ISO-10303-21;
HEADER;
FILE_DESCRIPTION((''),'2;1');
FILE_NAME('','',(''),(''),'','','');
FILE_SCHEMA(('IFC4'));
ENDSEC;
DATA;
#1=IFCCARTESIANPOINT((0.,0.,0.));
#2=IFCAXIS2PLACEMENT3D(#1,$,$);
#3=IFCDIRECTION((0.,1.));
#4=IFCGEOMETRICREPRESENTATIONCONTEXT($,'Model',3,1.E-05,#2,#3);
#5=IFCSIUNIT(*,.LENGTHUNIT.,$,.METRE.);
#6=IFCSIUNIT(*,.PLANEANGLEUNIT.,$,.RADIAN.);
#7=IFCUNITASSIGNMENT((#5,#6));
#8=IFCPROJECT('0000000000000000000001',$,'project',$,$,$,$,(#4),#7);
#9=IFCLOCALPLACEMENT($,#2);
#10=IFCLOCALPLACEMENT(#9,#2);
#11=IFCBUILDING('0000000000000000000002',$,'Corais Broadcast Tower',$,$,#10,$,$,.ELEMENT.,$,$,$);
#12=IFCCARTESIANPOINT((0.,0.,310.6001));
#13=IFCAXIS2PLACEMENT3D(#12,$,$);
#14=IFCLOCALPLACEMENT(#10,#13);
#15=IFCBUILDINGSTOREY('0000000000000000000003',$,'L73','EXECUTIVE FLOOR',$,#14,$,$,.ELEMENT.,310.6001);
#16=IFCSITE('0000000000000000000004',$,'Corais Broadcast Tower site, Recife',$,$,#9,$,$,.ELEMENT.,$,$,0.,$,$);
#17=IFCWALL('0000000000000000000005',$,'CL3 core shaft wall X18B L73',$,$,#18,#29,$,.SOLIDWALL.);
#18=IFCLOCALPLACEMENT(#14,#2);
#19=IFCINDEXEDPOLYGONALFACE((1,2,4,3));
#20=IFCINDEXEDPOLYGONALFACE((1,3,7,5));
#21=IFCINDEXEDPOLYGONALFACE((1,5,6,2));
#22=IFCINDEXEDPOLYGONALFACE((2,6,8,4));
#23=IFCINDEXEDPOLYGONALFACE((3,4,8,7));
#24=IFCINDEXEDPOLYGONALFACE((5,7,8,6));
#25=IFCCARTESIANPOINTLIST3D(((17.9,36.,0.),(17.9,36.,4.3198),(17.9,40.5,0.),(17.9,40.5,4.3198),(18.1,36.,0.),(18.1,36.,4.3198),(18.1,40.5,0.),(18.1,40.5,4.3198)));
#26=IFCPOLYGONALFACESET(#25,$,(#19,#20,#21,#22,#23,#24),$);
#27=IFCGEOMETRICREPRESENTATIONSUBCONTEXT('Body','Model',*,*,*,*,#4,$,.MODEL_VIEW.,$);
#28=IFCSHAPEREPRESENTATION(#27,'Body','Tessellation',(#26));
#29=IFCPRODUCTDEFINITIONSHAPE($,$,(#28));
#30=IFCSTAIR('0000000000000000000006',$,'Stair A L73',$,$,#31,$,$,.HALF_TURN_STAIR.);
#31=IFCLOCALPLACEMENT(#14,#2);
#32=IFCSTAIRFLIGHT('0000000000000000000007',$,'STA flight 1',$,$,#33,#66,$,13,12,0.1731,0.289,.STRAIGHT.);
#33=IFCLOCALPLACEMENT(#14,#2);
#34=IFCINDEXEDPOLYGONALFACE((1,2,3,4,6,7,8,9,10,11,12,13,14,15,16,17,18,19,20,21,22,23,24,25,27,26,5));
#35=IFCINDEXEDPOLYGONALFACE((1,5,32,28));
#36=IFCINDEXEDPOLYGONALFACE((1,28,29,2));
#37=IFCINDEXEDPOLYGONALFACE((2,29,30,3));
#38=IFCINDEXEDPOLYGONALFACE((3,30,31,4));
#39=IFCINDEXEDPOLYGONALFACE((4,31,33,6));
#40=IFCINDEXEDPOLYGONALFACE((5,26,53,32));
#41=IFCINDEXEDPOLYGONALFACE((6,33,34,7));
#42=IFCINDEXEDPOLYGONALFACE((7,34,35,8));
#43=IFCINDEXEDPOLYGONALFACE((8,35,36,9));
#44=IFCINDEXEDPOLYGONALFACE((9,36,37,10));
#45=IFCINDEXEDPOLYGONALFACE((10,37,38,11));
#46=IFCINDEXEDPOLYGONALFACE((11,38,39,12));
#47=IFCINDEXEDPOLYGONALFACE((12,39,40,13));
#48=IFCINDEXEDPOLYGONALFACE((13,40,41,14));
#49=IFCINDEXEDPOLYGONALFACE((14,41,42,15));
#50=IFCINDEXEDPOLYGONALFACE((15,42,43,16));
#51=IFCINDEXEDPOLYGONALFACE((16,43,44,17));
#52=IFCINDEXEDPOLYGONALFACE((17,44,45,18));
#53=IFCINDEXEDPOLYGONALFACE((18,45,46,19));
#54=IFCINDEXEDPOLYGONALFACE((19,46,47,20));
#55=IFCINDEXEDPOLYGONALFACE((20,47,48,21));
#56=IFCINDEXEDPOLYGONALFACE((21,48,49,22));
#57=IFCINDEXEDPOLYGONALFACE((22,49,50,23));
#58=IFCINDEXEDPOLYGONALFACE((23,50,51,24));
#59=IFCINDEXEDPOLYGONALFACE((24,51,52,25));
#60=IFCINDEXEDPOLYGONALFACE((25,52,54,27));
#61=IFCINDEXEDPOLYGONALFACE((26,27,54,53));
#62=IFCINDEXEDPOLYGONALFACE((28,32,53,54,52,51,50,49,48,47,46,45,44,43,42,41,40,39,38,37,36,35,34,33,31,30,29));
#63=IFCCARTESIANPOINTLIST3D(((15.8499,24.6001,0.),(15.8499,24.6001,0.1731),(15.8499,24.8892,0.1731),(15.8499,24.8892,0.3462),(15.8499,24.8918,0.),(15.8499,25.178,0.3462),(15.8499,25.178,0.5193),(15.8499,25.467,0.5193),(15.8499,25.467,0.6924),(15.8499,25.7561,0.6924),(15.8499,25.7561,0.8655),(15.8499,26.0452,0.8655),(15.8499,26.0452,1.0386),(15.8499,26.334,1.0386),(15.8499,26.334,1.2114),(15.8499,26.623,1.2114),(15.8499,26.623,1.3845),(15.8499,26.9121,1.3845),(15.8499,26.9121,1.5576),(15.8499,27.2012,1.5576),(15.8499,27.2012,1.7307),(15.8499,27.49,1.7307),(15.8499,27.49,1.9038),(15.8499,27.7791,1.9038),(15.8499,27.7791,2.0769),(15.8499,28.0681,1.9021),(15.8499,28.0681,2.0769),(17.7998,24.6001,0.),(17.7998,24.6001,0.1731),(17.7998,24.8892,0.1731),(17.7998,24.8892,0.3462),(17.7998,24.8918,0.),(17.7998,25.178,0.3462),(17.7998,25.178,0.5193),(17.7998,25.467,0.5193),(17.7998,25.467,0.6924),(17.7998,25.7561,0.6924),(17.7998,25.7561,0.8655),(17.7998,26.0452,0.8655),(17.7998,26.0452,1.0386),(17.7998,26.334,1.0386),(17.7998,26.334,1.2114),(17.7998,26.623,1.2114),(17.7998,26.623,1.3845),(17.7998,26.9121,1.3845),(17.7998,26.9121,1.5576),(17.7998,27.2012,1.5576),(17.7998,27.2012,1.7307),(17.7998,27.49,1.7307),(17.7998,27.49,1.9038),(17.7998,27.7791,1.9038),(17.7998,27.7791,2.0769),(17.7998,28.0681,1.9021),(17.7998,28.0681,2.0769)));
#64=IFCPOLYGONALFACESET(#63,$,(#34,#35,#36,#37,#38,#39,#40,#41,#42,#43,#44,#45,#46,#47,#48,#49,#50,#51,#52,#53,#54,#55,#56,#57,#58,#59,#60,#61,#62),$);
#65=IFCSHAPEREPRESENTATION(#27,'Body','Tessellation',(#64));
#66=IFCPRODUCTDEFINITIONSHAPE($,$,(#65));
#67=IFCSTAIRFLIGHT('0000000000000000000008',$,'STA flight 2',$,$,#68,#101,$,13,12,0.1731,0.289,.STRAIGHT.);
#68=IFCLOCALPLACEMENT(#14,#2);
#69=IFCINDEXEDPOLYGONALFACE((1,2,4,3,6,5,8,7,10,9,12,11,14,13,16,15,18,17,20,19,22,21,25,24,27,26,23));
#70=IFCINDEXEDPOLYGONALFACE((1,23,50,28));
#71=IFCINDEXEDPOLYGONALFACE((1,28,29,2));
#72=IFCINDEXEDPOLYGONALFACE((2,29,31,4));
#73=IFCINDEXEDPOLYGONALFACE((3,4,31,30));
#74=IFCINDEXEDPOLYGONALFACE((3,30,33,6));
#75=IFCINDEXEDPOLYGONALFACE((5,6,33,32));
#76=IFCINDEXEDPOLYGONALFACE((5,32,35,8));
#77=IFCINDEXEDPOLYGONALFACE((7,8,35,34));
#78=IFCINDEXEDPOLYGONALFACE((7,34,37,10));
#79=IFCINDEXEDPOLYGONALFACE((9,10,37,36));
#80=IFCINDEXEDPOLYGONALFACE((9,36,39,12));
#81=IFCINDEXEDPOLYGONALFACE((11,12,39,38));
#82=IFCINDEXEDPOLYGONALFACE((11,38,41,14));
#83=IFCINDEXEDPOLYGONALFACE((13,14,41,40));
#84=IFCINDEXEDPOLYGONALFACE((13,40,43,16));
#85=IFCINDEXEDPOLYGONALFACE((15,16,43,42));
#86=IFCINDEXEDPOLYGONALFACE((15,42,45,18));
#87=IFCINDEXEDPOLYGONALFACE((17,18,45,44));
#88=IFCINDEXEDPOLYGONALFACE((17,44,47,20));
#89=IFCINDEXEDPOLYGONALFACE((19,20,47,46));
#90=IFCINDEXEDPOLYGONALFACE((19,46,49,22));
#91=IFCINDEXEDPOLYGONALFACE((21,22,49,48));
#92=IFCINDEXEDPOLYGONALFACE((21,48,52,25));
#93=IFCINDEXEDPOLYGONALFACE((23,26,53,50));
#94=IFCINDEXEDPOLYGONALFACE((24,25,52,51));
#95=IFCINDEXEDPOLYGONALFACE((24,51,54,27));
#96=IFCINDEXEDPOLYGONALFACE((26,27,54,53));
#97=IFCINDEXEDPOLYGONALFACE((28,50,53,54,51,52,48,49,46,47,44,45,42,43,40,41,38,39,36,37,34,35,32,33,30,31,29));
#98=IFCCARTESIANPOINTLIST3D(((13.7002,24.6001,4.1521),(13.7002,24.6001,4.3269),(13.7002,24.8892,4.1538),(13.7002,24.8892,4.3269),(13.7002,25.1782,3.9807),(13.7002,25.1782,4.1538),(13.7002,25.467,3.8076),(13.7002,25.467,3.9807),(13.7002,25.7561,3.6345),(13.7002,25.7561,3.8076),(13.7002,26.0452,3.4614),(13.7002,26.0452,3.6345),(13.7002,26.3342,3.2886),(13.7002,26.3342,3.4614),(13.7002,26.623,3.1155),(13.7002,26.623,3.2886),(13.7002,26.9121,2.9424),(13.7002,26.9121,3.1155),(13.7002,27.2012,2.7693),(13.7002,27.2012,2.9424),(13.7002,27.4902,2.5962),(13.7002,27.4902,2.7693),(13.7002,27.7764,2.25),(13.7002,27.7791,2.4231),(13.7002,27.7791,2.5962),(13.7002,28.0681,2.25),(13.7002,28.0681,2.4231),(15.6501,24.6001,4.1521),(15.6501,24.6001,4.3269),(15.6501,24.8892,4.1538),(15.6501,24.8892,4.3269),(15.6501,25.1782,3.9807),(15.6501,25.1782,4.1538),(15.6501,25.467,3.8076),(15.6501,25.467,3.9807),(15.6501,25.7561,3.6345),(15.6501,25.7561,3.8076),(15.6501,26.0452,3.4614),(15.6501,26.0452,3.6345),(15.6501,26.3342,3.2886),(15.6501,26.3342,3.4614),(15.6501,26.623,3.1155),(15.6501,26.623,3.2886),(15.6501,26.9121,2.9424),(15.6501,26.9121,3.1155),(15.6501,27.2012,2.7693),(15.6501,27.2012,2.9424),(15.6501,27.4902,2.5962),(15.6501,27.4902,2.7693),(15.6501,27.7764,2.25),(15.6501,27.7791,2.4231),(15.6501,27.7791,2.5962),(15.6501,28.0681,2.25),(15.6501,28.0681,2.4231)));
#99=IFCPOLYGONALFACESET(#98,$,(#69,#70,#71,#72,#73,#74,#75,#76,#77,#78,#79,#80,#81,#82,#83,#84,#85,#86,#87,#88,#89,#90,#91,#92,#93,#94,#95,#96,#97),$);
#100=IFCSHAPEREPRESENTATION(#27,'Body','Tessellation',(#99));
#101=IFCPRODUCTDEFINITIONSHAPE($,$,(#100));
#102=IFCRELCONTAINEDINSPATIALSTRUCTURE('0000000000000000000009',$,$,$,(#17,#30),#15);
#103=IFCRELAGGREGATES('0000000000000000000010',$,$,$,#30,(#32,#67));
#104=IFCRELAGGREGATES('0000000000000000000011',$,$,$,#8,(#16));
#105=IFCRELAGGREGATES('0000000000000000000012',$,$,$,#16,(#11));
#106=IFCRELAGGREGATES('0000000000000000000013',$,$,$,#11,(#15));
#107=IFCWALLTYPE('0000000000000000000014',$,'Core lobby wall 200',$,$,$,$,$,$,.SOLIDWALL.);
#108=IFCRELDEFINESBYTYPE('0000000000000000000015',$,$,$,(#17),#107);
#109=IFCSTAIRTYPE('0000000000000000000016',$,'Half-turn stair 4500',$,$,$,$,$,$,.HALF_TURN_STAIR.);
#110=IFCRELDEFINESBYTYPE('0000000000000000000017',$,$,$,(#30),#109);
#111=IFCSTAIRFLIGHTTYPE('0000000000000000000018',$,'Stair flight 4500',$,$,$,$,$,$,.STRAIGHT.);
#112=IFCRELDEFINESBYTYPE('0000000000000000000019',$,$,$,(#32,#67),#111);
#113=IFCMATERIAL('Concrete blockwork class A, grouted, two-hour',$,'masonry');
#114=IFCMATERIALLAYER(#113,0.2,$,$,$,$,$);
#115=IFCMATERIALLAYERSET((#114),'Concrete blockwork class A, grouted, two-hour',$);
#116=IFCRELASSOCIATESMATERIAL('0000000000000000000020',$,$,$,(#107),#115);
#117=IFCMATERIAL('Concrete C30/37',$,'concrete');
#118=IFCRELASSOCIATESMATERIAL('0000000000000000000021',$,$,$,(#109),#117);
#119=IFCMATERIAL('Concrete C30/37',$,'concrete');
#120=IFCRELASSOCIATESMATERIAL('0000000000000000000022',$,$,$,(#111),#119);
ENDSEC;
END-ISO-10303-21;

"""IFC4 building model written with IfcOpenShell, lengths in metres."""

from ifc_helpers import new_model, si_unit, direction, frame, frame_2d, origin, place, context, subcontext, project, spatial, polyline, rectangle, outline, extrude, material, layer, layer_set, type_object, element, aggregate, save


model = new_model("IFC4")

# Units and contexts
model_context = context("Model", 3, precision=1e-05, world=origin(), true_north=direction((0.0, 1.0)))
body_context = subcontext(model_context, "Body", "Model", "MODEL_VIEW")
ifc_project = project(units=[si_unit("LENGTHUNIT", "METRE"), si_unit("PLANEANGLEUNIT", "RADIAN")], contexts=[model_context])

# Site, building, storey
site_placement = place(None, origin())
site = spatial("IfcSite", under=ifc_project, at=site_placement, Name="Corais Broadcast Tower site, Recife", CompositionType="ELEMENT", RefElevation=0.0)
building_placement = place(site_placement, origin())
building = spatial("IfcBuilding", under=site, at=building_placement, Name="Corais Broadcast Tower", CompositionType="ELEMENT")
storey_placement = place(building_placement, frame((0.0, 0.0, 310.6001)))
storey = spatial("IfcBuildingStorey", under=building, at=storey_placement, Name="L73", Description="EXECUTIVE FLOOR", CompositionType="ELEMENT", Elevation=310.6001)

# Wall
ifc_material_1 = material(Name="Concrete blockwork class A, grouted, two-hour", Category="masonry")
ifc_layer = layer(ifc_material_1, 0.2)
ifc_layer_set = layer_set([ifc_layer], Name="Concrete blockwork class A, grouted, two-hour")
wall_type = type_object("IfcWallType", Name="Core lobby wall 200", PredefinedType="SOLIDWALL", material=ifc_layer_set)
wall_placement = place(storey_placement, frame((18.0, 36.0, 0.0), z_axis=(0.0, 0.0, 1.0), x_axis=(0.0, 1.0, 0.0)))
element("IfcWall", 1, at=wall_placement, inside=storey, type_object=wall_type, Name="CL3 core shaft wall X18B L73", PredefinedType="SOLIDWALL", context=body_context, shape_type="SweptSolid", body=[
    extrude(rectangle(XDim=4.5, YDim=0.2, at=frame_2d((2.25, 0.0))), origin(), (0.0, 0.0, 1.0), 4.3198),
])

# Stair, stair flights
ifc_material_2 = material(Name="Concrete C30/37", Category="concrete")
stair_type = type_object("IfcStairType", Name="Half-turn stair 4500", PredefinedType="HALF_TURN_STAIR", material=ifc_material_2)
stair_placement = place(storey_placement, origin())
stair = element("IfcStair", 2, at=stair_placement, inside=storey, type_object=stair_type, Name="Stair A L73", PredefinedType="HALF_TURN_STAIR")
ifc_material_3 = material(Name="Concrete C30/37", Category="concrete")
stair_flight_type = type_object("IfcStairFlightType", Name="Stair flight 4500", PredefinedType="STRAIGHT", material=ifc_material_3)
stair_flight_1_placement = place(storey_placement, frame((16.825, 24.6001, 0.0), z_axis=(0.0, 0.0, 1.0), x_axis=(0.0, 1.0, 0.0)))
stair_flight_1 = element("IfcStairFlight", 3, at=stair_flight_1_placement, type_object=stair_flight_type, Name="STA flight 1", NumberOfRisers=13, NumberOfTreads=12, PredefinedType="STRAIGHT", RiserHeight=0.1731, TreadLength=0.289, context=body_context, shape_type="SweptSolid", body=[
    extrude(outline(polyline([(0.0, 0.0), (0.0, 0.1731), (0.2891, 0.1731), (0.2891, 0.3462), (0.5779, 0.3462), (0.5779, 0.5193), (0.8669, 0.5193), (0.8669, 0.6924), (1.156, 0.6924), (1.156, 0.8655), (1.4451, 0.8655), (1.4451, 1.0386), (1.7339, 1.0386), (1.7339, 1.2114), (2.0229, 1.2114), (2.0229, 1.3845), (2.312, 1.3845), (2.312, 1.5576), (2.6011, 1.5576), (2.6011, 1.7307), (2.8899, 1.7307), (2.8899, 1.9038), (3.179, 1.9038), (3.179, 2.0769), (3.468, 2.0769), (3.468, 2.25), (3.468, 1.9021), (0.2917, 0.0), (0.0, 0.0)])), frame((0.0, 0.9751, 0.0), z_axis=(0.0, -1.0, 0.0), x_axis=(1.0, 0.0, 0.0)), (0.0, 0.0, 1.0), 1.95),
])
stair_flight_2_placement = place(storey_placement, frame((14.675, 28.0681, 2.25), z_axis=(0.0, 0.0, 1.0), x_axis=(0.0, -1.0, 0.0)))
stair_flight_2 = element("IfcStairFlight", 4, at=stair_flight_2_placement, type_object=stair_flight_type, Name="STA flight 2", NumberOfRisers=13, NumberOfTreads=12, PredefinedType="STRAIGHT", RiserHeight=0.1731, TreadLength=0.289, context=body_context, shape_type="SweptSolid", body=[
    extrude(outline(polyline([(0.0, 0.0), (0.0, 0.1731), (0.2891, 0.1731), (0.2891, 0.3462), (0.5779, 0.3462), (0.5779, 0.5193), (0.8669, 0.5193), (0.8669, 0.6924), (1.156, 0.6924), (1.156, 0.8655), (1.4451, 0.8655), (1.4451, 1.0386), (1.7339, 1.0386), (1.7339, 1.2114), (2.0229, 1.2114), (2.0229, 1.3845), (2.312, 1.3845), (2.312, 1.5576), (2.6011, 1.5576), (2.6011, 1.7307), (2.8899, 1.7307), (2.8899, 1.9038), (3.179, 1.9038), (3.179, 2.0769), (3.468, 2.0769), (3.468, 2.25), (3.468, 1.9021), (0.2917, 0.0), (0.0, 0.0)])), frame((0.0, 0.9751, 0.0), z_axis=(0.0, -1.0, 0.0), x_axis=(1.0, 0.0, 0.0)), (0.0, 0.0, 1.0), 1.95),
])
aggregate(stair, [stair_flight_1, stair_flight_2])

save(model, "model.ifc")
